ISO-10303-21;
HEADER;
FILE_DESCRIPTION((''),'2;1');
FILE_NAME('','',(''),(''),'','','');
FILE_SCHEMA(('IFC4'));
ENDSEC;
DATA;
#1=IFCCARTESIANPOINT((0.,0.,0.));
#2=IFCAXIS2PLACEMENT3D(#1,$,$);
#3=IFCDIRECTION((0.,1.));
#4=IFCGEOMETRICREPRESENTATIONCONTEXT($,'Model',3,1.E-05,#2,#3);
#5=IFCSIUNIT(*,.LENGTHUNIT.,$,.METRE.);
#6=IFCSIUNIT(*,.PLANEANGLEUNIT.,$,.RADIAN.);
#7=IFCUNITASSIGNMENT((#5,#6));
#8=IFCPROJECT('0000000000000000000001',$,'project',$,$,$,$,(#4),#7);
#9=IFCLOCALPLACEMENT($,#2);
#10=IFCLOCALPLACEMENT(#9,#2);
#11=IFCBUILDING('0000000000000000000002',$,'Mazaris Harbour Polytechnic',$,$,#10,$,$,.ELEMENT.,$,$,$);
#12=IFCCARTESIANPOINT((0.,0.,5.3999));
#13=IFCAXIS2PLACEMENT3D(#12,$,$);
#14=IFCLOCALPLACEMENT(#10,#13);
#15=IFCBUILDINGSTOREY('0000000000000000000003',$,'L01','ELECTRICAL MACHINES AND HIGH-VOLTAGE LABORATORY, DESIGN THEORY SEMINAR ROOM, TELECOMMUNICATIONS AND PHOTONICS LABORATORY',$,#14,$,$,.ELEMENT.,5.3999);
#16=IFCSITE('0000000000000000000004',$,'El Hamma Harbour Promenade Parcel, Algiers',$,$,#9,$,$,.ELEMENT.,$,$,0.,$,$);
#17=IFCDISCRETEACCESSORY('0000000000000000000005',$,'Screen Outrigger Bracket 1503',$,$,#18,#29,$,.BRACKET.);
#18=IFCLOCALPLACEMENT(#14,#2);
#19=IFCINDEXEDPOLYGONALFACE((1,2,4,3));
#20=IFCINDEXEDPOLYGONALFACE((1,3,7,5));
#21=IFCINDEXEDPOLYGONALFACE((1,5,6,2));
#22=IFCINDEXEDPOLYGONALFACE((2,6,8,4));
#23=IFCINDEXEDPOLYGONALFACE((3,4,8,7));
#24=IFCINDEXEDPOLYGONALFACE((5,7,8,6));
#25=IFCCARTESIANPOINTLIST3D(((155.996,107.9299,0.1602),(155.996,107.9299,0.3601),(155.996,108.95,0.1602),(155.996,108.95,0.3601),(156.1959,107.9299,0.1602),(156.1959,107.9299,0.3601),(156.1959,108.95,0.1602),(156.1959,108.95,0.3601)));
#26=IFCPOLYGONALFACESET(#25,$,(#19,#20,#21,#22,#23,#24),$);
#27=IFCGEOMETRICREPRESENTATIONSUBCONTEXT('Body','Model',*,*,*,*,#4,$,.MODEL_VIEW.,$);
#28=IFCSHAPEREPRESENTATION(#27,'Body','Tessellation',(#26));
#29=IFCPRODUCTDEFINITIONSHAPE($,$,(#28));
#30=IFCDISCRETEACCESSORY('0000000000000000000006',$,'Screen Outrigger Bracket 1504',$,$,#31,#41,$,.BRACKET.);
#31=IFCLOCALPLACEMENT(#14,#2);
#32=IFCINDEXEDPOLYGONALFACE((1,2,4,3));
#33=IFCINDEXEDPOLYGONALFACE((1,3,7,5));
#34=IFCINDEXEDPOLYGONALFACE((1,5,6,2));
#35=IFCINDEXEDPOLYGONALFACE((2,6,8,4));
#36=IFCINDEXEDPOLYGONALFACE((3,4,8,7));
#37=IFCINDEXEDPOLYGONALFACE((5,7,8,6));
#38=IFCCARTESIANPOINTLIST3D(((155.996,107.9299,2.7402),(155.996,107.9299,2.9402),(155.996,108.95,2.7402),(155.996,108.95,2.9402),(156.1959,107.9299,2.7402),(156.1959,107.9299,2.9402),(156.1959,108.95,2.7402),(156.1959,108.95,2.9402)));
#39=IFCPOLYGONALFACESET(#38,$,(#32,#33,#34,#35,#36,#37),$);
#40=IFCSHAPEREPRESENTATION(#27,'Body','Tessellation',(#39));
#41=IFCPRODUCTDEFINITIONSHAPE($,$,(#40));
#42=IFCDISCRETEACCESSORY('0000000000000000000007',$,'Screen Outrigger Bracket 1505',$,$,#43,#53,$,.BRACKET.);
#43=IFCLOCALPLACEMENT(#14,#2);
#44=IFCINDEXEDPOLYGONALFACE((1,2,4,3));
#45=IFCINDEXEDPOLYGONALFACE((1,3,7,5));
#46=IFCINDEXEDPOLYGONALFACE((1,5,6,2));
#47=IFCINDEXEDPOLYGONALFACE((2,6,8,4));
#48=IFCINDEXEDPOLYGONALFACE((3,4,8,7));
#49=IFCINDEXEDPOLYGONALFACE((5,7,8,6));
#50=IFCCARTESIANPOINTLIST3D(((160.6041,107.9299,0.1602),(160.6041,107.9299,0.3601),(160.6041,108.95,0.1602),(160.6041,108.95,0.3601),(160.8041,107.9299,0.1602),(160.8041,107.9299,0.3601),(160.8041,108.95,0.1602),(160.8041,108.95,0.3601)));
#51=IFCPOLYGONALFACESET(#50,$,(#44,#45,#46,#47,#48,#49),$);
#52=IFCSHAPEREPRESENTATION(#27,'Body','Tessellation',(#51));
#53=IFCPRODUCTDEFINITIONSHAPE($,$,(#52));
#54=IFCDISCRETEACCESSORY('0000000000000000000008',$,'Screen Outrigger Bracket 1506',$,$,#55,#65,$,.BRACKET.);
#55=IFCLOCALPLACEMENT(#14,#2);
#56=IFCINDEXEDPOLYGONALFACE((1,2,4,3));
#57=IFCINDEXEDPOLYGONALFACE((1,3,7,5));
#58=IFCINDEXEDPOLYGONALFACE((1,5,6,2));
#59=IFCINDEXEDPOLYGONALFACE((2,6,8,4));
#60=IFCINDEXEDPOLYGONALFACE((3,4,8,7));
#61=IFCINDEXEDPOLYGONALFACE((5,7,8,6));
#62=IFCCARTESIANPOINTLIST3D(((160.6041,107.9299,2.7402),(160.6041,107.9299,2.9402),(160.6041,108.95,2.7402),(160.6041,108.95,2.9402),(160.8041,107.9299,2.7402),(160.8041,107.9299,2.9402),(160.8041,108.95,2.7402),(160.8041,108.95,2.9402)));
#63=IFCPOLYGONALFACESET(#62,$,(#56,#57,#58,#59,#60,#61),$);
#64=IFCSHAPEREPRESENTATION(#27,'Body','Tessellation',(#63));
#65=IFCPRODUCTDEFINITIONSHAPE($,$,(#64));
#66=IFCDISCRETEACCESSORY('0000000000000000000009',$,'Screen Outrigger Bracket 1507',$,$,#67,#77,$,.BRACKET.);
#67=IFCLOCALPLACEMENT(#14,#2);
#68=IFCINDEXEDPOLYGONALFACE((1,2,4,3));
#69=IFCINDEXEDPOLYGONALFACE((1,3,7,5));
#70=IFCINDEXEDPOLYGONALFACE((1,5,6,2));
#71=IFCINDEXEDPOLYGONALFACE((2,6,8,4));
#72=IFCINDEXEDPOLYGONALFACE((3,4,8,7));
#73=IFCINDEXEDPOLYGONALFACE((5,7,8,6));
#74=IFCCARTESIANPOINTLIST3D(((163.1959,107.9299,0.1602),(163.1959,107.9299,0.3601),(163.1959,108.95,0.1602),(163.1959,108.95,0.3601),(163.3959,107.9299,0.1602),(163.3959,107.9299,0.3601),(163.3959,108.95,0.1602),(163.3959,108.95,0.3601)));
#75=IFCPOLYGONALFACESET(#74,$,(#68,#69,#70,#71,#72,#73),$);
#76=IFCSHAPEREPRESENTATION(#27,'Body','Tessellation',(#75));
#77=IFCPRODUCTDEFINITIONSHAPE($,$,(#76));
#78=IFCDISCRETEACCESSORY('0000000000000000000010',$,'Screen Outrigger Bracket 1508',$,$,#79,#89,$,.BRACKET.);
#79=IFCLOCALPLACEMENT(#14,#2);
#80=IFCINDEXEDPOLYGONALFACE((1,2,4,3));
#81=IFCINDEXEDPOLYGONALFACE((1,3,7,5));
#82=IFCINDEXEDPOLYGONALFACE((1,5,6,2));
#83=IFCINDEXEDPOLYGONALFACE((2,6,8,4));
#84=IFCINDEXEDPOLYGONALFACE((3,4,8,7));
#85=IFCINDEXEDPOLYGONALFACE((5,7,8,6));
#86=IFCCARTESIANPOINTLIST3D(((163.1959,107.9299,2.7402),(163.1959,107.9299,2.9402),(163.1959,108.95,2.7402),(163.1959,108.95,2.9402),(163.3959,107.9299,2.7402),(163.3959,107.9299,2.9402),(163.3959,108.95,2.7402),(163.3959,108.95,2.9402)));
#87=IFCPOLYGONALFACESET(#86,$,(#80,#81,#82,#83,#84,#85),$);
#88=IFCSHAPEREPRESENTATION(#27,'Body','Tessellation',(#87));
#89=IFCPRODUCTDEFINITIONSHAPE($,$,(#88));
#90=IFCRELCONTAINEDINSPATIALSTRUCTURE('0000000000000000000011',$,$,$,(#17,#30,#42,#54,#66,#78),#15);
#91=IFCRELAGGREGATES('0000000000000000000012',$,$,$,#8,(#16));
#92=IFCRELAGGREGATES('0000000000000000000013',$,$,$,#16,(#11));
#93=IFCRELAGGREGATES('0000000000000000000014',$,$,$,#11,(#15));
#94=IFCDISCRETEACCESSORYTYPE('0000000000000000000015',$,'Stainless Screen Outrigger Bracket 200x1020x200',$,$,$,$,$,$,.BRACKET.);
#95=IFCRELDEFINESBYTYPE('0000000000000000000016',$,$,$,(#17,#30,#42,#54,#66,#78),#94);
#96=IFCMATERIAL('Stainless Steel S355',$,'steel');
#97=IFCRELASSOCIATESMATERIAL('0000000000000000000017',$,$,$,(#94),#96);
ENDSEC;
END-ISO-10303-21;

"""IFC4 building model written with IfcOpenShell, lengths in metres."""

from ifc_helpers import new_model, si_unit, direction, frame, origin, origin_2d, place, context, subcontext, project, spatial, rectangle, extrude, material, type_object, element, save


model = new_model("IFC4")

# Units and contexts
model_context = context("Model", 3, precision=1e-05, world=origin(), true_north=direction((0.0, 1.0)))
body_context = subcontext(model_context, "Body", "Model", "MODEL_VIEW")
ifc_project = project(units=[si_unit("LENGTHUNIT", "METRE"), si_unit("PLANEANGLEUNIT", "RADIAN")], contexts=[model_context])

# Site, building, storey
site_placement = place(None, origin())
site = spatial("IfcSite", under=ifc_project, at=site_placement, Name="El Hamma Harbour Promenade Parcel, Algiers", CompositionType="ELEMENT", RefElevation=0.0)
building_placement = place(site_placement, origin())
building = spatial("IfcBuilding", under=site, at=building_placement, Name="Mazaris Harbour Polytechnic", CompositionType="ELEMENT")
storey_placement = place(building_placement, frame((0.0, 0.0, 5.3999)))
storey = spatial("IfcBuildingStorey", under=building, at=storey_placement, Name="L01", Description="ELECTRICAL MACHINES AND HIGH-VOLTAGE LABORATORY, DESIGN THEORY SEMINAR ROOM, TELECOMMUNICATIONS AND PHOTONICS LABORATORY", CompositionType="ELEMENT", Elevation=5.3999)

# Discrete accessories
ifc_material_1 = material(Name="Stainless Steel S355", Category="steel")
discrete_accessory_type = type_object("IfcDiscreteAccessoryType", Name="Stainless Screen Outrigger Bracket 200x1020x200", PredefinedType="BRACKET", material=ifc_material_1)
for number, where, z_axis, x_axis, name in (
    (1, (156.0959, 108.4399, 0.1602), (0.0, 0.0, 1.0), (1.0, 0.0, 0.0), "Screen Outrigger Bracket 1503"),
    (2, (156.0959, 108.4399, 2.7402), (0.0, 0.0, 1.0), (1.0, 0.0, 0.0), "Screen Outrigger Bracket 1504"),
    (3, (160.7041, 108.4399, 0.1602), (0.0, 0.0, 1.0), (1.0, 0.0, 0.0), "Screen Outrigger Bracket 1505"),
    (4, (160.7041, 108.4399, 2.7402), (0.0, 0.0, 1.0), (1.0, 0.0, 0.0), "Screen Outrigger Bracket 1506"),
    (5, (163.2959, 108.4399, 0.1602), (0.0, 0.0, 1.0), (1.0, 0.0, 0.0), "Screen Outrigger Bracket 1507"),
    (6, (163.2959, 108.4399, 2.7402), (0.0, 0.0, 1.0), (1.0, 0.0, 0.0), "Screen Outrigger Bracket 1508"),
):
    element("IfcDiscreteAccessory", number, at=place(storey_placement, frame(where, z_axis=z_axis, x_axis=x_axis)), inside=storey, type_object=discrete_accessory_type, Name=name, PredefinedType="BRACKET", context=body_context, shape_type="SweptSolid", body=[
        extrude(rectangle(XDim=0.2, YDim=1.02, at=origin_2d()), origin(), (0.0, 0.0, 1.0), 0.2),
    ])

save(model, "model.ifc")
